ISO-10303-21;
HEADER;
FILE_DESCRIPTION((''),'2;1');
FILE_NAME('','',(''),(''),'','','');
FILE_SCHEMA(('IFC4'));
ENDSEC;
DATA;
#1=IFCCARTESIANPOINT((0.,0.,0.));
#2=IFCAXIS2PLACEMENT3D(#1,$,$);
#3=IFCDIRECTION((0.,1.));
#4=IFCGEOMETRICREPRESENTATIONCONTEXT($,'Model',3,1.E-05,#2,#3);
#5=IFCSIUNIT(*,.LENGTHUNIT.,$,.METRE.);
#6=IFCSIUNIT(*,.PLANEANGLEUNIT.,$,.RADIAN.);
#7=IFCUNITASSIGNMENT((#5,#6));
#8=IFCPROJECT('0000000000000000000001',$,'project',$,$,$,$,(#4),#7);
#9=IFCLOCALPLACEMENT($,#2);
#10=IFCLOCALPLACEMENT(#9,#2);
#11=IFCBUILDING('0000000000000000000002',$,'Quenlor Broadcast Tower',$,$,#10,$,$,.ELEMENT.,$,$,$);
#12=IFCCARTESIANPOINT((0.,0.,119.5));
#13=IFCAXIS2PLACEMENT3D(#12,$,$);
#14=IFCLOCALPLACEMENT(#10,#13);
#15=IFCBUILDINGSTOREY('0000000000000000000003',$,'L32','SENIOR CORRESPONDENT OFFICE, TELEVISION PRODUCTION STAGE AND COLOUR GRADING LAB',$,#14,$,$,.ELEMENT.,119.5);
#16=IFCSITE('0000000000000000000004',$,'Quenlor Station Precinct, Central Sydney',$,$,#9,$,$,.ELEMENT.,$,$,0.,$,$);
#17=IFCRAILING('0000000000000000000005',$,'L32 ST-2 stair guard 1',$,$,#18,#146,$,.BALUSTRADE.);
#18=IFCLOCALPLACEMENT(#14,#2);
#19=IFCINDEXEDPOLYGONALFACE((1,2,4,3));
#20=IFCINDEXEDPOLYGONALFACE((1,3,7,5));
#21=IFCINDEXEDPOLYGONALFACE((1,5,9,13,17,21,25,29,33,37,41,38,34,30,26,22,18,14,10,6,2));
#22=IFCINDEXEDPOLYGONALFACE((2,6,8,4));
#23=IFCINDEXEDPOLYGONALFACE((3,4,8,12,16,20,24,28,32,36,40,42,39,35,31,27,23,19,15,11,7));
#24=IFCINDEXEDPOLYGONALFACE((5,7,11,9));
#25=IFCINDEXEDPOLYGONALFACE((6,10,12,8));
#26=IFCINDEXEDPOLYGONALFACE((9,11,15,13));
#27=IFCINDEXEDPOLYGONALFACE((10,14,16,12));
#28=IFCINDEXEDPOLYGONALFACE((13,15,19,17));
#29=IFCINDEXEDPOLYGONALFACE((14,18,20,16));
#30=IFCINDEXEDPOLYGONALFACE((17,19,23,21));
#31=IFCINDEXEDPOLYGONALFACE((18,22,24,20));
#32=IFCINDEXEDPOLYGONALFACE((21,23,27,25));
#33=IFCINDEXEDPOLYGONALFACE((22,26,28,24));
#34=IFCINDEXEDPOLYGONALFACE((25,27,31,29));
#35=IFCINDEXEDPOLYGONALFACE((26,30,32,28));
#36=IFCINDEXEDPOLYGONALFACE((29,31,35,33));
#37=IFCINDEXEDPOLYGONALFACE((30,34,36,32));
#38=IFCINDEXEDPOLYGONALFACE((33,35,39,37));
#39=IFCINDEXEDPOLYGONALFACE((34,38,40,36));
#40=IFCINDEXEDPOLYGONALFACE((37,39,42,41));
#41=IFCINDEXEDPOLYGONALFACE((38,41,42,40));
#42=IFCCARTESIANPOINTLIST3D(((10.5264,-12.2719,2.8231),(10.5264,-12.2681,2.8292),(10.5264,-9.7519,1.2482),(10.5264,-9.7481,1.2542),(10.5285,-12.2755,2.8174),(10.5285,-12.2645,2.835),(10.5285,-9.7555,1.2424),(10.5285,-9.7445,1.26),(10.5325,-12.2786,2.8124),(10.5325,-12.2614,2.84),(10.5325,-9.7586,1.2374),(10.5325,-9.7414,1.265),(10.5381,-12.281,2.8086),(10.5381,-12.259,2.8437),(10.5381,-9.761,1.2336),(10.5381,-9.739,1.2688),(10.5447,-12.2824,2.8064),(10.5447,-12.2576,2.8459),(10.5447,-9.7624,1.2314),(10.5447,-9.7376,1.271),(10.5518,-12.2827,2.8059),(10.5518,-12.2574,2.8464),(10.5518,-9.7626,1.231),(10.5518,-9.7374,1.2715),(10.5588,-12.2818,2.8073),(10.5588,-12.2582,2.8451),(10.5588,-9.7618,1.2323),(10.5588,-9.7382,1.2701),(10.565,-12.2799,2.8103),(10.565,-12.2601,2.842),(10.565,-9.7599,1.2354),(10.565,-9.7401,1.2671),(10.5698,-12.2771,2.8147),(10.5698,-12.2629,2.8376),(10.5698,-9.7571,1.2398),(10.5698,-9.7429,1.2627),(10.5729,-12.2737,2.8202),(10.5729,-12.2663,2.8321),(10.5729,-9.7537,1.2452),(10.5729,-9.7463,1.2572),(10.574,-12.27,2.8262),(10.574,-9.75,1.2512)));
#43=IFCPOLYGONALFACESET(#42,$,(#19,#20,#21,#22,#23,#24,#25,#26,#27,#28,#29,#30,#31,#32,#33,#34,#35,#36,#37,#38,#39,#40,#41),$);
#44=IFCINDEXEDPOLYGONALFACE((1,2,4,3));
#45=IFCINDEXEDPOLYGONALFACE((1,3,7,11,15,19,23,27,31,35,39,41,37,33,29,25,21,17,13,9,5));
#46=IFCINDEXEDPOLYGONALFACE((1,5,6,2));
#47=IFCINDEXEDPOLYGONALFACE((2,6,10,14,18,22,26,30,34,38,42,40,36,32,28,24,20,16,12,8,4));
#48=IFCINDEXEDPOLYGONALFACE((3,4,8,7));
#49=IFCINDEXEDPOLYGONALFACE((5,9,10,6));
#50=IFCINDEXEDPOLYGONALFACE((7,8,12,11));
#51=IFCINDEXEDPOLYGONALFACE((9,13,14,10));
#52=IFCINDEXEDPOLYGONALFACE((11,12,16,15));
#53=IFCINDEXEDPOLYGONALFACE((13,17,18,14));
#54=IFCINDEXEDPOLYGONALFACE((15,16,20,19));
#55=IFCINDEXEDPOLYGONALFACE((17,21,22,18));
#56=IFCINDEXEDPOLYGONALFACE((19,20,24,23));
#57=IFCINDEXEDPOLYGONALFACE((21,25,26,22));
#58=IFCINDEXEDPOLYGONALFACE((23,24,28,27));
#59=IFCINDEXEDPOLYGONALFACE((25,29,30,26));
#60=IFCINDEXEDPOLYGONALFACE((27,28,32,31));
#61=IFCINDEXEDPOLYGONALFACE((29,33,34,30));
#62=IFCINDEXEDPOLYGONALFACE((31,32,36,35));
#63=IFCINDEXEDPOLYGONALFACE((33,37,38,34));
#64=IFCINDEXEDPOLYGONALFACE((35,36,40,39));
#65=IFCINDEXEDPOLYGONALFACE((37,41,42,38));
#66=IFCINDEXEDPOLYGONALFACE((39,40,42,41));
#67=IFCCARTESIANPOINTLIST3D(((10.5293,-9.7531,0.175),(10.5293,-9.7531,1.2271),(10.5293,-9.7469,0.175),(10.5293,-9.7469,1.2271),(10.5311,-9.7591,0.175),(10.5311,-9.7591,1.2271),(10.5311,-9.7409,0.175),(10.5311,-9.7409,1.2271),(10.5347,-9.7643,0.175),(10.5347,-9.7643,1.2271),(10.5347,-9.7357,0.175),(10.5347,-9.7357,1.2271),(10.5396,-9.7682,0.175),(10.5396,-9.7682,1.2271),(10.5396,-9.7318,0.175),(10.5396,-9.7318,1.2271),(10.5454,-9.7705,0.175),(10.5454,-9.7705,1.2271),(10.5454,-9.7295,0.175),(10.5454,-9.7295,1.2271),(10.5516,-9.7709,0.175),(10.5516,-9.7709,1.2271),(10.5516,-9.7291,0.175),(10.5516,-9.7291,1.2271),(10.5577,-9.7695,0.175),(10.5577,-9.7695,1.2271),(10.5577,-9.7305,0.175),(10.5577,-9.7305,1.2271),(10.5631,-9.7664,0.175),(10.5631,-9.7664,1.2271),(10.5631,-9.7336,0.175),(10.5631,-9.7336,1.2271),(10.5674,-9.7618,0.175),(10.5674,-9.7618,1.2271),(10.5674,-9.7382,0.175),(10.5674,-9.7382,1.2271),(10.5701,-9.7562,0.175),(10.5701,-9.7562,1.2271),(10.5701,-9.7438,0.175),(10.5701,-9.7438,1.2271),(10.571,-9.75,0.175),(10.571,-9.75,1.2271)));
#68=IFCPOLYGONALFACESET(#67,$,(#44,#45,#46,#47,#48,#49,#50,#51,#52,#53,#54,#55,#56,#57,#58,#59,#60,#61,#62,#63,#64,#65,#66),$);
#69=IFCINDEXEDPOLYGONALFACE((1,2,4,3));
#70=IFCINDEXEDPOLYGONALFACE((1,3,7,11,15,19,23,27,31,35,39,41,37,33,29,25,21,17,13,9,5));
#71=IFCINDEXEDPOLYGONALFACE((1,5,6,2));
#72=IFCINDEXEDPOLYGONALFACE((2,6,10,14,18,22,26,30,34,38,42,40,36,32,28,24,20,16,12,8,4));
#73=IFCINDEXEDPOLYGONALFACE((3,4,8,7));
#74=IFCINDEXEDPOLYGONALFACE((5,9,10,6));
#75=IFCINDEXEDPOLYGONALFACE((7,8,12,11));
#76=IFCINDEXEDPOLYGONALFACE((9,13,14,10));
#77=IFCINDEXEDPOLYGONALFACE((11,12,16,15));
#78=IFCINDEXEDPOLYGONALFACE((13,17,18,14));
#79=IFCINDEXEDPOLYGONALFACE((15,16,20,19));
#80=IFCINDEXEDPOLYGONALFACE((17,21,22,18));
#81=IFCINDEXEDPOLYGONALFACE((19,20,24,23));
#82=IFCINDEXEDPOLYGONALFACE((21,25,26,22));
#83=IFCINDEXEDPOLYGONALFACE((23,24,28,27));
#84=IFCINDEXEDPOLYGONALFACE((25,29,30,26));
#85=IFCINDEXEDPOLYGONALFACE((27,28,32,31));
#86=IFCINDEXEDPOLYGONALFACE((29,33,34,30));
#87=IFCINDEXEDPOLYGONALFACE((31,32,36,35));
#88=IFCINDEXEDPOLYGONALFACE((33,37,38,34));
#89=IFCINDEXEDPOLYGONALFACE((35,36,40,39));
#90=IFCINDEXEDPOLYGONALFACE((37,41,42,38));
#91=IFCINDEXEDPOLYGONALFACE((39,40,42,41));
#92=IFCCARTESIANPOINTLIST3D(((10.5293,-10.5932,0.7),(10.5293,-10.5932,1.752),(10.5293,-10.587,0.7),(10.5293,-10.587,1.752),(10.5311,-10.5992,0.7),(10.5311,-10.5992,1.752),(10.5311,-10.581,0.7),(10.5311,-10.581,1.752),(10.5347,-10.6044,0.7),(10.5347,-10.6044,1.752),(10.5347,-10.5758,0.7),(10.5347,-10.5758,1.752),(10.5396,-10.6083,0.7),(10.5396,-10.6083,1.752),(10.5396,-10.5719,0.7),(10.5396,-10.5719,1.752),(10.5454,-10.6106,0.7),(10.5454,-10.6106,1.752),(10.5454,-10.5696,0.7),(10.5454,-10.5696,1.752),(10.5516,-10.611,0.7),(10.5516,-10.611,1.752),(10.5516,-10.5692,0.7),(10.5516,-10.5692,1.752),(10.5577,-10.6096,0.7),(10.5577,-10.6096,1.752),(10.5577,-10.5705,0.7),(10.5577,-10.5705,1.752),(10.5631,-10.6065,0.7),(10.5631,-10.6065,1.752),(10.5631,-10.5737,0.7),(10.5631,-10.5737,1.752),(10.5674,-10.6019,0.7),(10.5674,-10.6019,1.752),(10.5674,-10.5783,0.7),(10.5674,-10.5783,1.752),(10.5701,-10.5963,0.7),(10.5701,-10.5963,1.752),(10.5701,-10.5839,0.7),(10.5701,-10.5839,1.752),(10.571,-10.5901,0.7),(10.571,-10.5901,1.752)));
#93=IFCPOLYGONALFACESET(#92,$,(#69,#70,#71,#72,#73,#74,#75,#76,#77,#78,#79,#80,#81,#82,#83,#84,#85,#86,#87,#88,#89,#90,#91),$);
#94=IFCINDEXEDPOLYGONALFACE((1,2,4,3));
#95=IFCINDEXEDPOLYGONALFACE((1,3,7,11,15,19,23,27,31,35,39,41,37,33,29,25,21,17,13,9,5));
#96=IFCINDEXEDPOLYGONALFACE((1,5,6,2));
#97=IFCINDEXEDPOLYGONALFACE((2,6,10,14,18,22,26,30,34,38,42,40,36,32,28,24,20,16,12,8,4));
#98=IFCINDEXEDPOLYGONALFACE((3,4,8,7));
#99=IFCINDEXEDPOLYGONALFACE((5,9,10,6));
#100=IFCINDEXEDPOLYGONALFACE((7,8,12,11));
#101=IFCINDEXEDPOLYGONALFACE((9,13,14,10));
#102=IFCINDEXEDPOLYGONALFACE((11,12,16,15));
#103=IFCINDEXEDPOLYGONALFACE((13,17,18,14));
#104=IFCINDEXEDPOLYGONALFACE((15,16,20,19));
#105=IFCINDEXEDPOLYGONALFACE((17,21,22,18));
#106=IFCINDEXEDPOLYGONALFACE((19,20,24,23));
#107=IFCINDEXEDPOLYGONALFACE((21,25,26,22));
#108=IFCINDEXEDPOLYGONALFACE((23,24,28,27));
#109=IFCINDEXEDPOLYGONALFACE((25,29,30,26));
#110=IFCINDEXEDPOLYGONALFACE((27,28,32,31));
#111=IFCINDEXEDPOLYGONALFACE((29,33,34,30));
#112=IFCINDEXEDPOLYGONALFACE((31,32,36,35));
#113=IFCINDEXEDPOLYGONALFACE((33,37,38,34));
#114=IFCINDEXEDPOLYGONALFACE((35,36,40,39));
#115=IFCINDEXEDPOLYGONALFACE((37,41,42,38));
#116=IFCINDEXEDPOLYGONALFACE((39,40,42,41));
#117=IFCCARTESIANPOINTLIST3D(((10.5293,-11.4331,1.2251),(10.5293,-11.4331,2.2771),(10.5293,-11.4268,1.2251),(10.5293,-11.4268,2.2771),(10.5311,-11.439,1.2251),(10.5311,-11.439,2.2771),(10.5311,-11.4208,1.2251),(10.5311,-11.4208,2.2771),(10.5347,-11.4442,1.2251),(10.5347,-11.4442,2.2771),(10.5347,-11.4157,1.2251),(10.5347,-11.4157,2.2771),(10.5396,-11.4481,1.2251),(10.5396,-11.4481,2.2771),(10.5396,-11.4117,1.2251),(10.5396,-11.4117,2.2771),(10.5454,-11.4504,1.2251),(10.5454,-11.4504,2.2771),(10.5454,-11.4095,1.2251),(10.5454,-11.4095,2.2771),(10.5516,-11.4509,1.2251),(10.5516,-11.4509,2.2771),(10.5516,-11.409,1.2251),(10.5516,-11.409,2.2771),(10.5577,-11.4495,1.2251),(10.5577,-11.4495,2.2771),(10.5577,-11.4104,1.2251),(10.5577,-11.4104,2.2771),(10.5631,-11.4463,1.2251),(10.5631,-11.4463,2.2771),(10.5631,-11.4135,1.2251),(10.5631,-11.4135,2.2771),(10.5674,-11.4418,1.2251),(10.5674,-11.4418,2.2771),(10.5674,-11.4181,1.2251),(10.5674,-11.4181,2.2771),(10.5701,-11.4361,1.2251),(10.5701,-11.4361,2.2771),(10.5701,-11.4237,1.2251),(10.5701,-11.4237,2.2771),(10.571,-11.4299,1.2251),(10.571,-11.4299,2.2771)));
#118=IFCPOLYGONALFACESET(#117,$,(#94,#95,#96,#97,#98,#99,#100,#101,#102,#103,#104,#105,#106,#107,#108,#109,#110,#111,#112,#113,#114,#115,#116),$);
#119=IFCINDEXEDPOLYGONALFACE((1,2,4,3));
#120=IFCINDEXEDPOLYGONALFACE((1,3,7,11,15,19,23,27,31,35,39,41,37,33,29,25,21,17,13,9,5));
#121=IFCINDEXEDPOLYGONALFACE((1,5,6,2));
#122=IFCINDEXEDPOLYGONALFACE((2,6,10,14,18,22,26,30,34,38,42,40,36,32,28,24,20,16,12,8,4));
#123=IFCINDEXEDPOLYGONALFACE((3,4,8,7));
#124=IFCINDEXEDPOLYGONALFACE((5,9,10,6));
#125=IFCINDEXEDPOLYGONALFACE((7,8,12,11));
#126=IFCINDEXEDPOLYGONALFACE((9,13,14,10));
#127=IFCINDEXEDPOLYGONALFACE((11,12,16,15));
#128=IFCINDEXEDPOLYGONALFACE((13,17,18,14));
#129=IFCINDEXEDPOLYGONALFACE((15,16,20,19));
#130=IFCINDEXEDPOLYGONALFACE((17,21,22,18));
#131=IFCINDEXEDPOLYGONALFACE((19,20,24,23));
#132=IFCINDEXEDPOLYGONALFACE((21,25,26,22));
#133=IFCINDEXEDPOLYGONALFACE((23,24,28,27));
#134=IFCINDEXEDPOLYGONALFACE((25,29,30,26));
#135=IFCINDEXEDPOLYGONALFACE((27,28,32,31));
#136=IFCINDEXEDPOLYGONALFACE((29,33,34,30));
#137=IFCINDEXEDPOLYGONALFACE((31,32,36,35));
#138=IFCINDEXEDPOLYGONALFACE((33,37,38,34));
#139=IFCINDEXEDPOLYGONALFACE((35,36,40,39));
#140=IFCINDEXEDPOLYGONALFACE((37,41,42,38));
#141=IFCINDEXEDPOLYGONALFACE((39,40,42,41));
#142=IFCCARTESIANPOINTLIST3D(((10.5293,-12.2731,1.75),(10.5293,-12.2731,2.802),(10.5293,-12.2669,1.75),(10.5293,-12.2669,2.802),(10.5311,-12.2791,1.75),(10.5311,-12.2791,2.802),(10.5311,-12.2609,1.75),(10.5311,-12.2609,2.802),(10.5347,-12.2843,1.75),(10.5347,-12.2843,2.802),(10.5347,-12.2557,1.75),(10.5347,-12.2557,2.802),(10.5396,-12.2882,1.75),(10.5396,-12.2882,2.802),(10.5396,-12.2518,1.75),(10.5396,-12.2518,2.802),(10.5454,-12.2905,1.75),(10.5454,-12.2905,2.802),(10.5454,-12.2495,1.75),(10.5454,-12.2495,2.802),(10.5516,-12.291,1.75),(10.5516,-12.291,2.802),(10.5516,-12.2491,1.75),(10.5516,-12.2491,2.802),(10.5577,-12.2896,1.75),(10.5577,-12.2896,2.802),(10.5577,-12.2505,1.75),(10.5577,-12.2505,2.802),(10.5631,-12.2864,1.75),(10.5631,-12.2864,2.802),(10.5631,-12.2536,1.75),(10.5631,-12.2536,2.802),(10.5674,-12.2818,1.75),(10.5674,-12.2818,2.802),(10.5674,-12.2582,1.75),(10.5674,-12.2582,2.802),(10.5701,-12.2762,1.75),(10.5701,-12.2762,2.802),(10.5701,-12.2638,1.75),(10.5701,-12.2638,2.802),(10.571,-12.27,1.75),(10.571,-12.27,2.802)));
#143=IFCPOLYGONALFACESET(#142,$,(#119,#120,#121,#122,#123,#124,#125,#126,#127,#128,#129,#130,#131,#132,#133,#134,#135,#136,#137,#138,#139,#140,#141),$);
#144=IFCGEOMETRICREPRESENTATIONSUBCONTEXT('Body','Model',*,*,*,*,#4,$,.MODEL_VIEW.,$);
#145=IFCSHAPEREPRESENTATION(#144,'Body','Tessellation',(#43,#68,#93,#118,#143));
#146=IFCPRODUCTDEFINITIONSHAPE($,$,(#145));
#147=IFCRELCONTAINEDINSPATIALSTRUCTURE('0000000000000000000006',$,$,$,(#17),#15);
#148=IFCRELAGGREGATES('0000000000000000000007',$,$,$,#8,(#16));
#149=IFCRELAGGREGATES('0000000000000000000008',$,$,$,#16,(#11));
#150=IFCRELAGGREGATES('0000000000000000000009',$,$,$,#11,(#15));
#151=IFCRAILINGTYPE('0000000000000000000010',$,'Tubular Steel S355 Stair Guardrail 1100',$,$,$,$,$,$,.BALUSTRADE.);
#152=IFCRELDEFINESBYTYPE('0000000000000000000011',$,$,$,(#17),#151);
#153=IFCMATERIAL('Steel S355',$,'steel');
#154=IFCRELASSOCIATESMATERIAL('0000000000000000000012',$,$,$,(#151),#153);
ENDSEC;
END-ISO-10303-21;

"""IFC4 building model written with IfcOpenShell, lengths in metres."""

from ifc_helpers import new_model, si_unit, direction, frame, origin, origin_2d, place, context, subcontext, project, spatial, circle, extrude, material, type_object, element, save


model = new_model("IFC4")

# Units and contexts
model_context = context("Model", 3, precision=1e-05, world=origin(), true_north=direction((0.0, 1.0)))
body_context = subcontext(model_context, "Body", "Model", "MODEL_VIEW")
ifc_project = project(units=[si_unit("LENGTHUNIT", "METRE"), si_unit("PLANEANGLEUNIT", "RADIAN")], contexts=[model_context])

# Site, building, storey
site_placement = place(None, origin())
site = spatial("IfcSite", under=ifc_project, at=site_placement, Name="Quenlor Station Precinct, Central Sydney", CompositionType="ELEMENT", RefElevation=0.0)
building_placement = place(site_placement, origin())
building = spatial("IfcBuilding", under=site, at=building_placement, Name="Quenlor Broadcast Tower", CompositionType="ELEMENT")
storey_placement = place(building_placement, frame((0.0, 0.0, 119.5)))
storey = spatial("IfcBuildingStorey", under=building, at=storey_placement, Name="L32", Description="SENIOR CORRESPONDENT OFFICE, TELEVISION PRODUCTION STAGE AND COLOUR GRADING LAB", CompositionType="ELEMENT", Elevation=119.5)

# Railing
ifc_material_1 = material(Name="Steel S355", Category="steel")
railing_type_1 = type_object("IfcRailingType", Name="Tubular Steel S355 Stair Guardrail 1100", PredefinedType="BALUSTRADE", material=ifc_material_1)
railing_1_placement = place(storey_placement, frame((10.55, -9.75, 0.175)))
element("IfcRailing", 1, at=railing_1_placement, inside=storey, type_object=railing_type_1, Name="L32 ST-2 stair guard 1", PredefinedType="BALUSTRADE", context=body_context, shape_type="SweptSolid", body=[
    extrude(circle(Radius=0.0239, at=origin_2d()), frame((0.0, 0.0, 1.0762), z_axis=(0.0, -0.848008, 0.529984), x_axis=(1.0, 0.0, 0.0)), (0.0, 0.0, 1.0), 2.9717),
    extrude(circle(Radius=0.021, at=origin_2d()), origin(), (0.0, 0.0, 1.0), 1.052),
    extrude(circle(Radius=0.021, at=origin_2d()), frame((0.0, -0.8401, 0.5249)), (0.0, 0.0, 1.0), 1.052),
    extrude(circle(Radius=0.021, at=origin_2d()), frame((0.0, -1.6799, 1.05)), (0.0, 0.0, 1.0), 1.052),
    extrude(circle(Radius=0.021, at=origin_2d()), frame((0.0, -2.52, 1.575)), (0.0, 0.0, 1.0), 1.052),
])

save(model, "model.ifc")
